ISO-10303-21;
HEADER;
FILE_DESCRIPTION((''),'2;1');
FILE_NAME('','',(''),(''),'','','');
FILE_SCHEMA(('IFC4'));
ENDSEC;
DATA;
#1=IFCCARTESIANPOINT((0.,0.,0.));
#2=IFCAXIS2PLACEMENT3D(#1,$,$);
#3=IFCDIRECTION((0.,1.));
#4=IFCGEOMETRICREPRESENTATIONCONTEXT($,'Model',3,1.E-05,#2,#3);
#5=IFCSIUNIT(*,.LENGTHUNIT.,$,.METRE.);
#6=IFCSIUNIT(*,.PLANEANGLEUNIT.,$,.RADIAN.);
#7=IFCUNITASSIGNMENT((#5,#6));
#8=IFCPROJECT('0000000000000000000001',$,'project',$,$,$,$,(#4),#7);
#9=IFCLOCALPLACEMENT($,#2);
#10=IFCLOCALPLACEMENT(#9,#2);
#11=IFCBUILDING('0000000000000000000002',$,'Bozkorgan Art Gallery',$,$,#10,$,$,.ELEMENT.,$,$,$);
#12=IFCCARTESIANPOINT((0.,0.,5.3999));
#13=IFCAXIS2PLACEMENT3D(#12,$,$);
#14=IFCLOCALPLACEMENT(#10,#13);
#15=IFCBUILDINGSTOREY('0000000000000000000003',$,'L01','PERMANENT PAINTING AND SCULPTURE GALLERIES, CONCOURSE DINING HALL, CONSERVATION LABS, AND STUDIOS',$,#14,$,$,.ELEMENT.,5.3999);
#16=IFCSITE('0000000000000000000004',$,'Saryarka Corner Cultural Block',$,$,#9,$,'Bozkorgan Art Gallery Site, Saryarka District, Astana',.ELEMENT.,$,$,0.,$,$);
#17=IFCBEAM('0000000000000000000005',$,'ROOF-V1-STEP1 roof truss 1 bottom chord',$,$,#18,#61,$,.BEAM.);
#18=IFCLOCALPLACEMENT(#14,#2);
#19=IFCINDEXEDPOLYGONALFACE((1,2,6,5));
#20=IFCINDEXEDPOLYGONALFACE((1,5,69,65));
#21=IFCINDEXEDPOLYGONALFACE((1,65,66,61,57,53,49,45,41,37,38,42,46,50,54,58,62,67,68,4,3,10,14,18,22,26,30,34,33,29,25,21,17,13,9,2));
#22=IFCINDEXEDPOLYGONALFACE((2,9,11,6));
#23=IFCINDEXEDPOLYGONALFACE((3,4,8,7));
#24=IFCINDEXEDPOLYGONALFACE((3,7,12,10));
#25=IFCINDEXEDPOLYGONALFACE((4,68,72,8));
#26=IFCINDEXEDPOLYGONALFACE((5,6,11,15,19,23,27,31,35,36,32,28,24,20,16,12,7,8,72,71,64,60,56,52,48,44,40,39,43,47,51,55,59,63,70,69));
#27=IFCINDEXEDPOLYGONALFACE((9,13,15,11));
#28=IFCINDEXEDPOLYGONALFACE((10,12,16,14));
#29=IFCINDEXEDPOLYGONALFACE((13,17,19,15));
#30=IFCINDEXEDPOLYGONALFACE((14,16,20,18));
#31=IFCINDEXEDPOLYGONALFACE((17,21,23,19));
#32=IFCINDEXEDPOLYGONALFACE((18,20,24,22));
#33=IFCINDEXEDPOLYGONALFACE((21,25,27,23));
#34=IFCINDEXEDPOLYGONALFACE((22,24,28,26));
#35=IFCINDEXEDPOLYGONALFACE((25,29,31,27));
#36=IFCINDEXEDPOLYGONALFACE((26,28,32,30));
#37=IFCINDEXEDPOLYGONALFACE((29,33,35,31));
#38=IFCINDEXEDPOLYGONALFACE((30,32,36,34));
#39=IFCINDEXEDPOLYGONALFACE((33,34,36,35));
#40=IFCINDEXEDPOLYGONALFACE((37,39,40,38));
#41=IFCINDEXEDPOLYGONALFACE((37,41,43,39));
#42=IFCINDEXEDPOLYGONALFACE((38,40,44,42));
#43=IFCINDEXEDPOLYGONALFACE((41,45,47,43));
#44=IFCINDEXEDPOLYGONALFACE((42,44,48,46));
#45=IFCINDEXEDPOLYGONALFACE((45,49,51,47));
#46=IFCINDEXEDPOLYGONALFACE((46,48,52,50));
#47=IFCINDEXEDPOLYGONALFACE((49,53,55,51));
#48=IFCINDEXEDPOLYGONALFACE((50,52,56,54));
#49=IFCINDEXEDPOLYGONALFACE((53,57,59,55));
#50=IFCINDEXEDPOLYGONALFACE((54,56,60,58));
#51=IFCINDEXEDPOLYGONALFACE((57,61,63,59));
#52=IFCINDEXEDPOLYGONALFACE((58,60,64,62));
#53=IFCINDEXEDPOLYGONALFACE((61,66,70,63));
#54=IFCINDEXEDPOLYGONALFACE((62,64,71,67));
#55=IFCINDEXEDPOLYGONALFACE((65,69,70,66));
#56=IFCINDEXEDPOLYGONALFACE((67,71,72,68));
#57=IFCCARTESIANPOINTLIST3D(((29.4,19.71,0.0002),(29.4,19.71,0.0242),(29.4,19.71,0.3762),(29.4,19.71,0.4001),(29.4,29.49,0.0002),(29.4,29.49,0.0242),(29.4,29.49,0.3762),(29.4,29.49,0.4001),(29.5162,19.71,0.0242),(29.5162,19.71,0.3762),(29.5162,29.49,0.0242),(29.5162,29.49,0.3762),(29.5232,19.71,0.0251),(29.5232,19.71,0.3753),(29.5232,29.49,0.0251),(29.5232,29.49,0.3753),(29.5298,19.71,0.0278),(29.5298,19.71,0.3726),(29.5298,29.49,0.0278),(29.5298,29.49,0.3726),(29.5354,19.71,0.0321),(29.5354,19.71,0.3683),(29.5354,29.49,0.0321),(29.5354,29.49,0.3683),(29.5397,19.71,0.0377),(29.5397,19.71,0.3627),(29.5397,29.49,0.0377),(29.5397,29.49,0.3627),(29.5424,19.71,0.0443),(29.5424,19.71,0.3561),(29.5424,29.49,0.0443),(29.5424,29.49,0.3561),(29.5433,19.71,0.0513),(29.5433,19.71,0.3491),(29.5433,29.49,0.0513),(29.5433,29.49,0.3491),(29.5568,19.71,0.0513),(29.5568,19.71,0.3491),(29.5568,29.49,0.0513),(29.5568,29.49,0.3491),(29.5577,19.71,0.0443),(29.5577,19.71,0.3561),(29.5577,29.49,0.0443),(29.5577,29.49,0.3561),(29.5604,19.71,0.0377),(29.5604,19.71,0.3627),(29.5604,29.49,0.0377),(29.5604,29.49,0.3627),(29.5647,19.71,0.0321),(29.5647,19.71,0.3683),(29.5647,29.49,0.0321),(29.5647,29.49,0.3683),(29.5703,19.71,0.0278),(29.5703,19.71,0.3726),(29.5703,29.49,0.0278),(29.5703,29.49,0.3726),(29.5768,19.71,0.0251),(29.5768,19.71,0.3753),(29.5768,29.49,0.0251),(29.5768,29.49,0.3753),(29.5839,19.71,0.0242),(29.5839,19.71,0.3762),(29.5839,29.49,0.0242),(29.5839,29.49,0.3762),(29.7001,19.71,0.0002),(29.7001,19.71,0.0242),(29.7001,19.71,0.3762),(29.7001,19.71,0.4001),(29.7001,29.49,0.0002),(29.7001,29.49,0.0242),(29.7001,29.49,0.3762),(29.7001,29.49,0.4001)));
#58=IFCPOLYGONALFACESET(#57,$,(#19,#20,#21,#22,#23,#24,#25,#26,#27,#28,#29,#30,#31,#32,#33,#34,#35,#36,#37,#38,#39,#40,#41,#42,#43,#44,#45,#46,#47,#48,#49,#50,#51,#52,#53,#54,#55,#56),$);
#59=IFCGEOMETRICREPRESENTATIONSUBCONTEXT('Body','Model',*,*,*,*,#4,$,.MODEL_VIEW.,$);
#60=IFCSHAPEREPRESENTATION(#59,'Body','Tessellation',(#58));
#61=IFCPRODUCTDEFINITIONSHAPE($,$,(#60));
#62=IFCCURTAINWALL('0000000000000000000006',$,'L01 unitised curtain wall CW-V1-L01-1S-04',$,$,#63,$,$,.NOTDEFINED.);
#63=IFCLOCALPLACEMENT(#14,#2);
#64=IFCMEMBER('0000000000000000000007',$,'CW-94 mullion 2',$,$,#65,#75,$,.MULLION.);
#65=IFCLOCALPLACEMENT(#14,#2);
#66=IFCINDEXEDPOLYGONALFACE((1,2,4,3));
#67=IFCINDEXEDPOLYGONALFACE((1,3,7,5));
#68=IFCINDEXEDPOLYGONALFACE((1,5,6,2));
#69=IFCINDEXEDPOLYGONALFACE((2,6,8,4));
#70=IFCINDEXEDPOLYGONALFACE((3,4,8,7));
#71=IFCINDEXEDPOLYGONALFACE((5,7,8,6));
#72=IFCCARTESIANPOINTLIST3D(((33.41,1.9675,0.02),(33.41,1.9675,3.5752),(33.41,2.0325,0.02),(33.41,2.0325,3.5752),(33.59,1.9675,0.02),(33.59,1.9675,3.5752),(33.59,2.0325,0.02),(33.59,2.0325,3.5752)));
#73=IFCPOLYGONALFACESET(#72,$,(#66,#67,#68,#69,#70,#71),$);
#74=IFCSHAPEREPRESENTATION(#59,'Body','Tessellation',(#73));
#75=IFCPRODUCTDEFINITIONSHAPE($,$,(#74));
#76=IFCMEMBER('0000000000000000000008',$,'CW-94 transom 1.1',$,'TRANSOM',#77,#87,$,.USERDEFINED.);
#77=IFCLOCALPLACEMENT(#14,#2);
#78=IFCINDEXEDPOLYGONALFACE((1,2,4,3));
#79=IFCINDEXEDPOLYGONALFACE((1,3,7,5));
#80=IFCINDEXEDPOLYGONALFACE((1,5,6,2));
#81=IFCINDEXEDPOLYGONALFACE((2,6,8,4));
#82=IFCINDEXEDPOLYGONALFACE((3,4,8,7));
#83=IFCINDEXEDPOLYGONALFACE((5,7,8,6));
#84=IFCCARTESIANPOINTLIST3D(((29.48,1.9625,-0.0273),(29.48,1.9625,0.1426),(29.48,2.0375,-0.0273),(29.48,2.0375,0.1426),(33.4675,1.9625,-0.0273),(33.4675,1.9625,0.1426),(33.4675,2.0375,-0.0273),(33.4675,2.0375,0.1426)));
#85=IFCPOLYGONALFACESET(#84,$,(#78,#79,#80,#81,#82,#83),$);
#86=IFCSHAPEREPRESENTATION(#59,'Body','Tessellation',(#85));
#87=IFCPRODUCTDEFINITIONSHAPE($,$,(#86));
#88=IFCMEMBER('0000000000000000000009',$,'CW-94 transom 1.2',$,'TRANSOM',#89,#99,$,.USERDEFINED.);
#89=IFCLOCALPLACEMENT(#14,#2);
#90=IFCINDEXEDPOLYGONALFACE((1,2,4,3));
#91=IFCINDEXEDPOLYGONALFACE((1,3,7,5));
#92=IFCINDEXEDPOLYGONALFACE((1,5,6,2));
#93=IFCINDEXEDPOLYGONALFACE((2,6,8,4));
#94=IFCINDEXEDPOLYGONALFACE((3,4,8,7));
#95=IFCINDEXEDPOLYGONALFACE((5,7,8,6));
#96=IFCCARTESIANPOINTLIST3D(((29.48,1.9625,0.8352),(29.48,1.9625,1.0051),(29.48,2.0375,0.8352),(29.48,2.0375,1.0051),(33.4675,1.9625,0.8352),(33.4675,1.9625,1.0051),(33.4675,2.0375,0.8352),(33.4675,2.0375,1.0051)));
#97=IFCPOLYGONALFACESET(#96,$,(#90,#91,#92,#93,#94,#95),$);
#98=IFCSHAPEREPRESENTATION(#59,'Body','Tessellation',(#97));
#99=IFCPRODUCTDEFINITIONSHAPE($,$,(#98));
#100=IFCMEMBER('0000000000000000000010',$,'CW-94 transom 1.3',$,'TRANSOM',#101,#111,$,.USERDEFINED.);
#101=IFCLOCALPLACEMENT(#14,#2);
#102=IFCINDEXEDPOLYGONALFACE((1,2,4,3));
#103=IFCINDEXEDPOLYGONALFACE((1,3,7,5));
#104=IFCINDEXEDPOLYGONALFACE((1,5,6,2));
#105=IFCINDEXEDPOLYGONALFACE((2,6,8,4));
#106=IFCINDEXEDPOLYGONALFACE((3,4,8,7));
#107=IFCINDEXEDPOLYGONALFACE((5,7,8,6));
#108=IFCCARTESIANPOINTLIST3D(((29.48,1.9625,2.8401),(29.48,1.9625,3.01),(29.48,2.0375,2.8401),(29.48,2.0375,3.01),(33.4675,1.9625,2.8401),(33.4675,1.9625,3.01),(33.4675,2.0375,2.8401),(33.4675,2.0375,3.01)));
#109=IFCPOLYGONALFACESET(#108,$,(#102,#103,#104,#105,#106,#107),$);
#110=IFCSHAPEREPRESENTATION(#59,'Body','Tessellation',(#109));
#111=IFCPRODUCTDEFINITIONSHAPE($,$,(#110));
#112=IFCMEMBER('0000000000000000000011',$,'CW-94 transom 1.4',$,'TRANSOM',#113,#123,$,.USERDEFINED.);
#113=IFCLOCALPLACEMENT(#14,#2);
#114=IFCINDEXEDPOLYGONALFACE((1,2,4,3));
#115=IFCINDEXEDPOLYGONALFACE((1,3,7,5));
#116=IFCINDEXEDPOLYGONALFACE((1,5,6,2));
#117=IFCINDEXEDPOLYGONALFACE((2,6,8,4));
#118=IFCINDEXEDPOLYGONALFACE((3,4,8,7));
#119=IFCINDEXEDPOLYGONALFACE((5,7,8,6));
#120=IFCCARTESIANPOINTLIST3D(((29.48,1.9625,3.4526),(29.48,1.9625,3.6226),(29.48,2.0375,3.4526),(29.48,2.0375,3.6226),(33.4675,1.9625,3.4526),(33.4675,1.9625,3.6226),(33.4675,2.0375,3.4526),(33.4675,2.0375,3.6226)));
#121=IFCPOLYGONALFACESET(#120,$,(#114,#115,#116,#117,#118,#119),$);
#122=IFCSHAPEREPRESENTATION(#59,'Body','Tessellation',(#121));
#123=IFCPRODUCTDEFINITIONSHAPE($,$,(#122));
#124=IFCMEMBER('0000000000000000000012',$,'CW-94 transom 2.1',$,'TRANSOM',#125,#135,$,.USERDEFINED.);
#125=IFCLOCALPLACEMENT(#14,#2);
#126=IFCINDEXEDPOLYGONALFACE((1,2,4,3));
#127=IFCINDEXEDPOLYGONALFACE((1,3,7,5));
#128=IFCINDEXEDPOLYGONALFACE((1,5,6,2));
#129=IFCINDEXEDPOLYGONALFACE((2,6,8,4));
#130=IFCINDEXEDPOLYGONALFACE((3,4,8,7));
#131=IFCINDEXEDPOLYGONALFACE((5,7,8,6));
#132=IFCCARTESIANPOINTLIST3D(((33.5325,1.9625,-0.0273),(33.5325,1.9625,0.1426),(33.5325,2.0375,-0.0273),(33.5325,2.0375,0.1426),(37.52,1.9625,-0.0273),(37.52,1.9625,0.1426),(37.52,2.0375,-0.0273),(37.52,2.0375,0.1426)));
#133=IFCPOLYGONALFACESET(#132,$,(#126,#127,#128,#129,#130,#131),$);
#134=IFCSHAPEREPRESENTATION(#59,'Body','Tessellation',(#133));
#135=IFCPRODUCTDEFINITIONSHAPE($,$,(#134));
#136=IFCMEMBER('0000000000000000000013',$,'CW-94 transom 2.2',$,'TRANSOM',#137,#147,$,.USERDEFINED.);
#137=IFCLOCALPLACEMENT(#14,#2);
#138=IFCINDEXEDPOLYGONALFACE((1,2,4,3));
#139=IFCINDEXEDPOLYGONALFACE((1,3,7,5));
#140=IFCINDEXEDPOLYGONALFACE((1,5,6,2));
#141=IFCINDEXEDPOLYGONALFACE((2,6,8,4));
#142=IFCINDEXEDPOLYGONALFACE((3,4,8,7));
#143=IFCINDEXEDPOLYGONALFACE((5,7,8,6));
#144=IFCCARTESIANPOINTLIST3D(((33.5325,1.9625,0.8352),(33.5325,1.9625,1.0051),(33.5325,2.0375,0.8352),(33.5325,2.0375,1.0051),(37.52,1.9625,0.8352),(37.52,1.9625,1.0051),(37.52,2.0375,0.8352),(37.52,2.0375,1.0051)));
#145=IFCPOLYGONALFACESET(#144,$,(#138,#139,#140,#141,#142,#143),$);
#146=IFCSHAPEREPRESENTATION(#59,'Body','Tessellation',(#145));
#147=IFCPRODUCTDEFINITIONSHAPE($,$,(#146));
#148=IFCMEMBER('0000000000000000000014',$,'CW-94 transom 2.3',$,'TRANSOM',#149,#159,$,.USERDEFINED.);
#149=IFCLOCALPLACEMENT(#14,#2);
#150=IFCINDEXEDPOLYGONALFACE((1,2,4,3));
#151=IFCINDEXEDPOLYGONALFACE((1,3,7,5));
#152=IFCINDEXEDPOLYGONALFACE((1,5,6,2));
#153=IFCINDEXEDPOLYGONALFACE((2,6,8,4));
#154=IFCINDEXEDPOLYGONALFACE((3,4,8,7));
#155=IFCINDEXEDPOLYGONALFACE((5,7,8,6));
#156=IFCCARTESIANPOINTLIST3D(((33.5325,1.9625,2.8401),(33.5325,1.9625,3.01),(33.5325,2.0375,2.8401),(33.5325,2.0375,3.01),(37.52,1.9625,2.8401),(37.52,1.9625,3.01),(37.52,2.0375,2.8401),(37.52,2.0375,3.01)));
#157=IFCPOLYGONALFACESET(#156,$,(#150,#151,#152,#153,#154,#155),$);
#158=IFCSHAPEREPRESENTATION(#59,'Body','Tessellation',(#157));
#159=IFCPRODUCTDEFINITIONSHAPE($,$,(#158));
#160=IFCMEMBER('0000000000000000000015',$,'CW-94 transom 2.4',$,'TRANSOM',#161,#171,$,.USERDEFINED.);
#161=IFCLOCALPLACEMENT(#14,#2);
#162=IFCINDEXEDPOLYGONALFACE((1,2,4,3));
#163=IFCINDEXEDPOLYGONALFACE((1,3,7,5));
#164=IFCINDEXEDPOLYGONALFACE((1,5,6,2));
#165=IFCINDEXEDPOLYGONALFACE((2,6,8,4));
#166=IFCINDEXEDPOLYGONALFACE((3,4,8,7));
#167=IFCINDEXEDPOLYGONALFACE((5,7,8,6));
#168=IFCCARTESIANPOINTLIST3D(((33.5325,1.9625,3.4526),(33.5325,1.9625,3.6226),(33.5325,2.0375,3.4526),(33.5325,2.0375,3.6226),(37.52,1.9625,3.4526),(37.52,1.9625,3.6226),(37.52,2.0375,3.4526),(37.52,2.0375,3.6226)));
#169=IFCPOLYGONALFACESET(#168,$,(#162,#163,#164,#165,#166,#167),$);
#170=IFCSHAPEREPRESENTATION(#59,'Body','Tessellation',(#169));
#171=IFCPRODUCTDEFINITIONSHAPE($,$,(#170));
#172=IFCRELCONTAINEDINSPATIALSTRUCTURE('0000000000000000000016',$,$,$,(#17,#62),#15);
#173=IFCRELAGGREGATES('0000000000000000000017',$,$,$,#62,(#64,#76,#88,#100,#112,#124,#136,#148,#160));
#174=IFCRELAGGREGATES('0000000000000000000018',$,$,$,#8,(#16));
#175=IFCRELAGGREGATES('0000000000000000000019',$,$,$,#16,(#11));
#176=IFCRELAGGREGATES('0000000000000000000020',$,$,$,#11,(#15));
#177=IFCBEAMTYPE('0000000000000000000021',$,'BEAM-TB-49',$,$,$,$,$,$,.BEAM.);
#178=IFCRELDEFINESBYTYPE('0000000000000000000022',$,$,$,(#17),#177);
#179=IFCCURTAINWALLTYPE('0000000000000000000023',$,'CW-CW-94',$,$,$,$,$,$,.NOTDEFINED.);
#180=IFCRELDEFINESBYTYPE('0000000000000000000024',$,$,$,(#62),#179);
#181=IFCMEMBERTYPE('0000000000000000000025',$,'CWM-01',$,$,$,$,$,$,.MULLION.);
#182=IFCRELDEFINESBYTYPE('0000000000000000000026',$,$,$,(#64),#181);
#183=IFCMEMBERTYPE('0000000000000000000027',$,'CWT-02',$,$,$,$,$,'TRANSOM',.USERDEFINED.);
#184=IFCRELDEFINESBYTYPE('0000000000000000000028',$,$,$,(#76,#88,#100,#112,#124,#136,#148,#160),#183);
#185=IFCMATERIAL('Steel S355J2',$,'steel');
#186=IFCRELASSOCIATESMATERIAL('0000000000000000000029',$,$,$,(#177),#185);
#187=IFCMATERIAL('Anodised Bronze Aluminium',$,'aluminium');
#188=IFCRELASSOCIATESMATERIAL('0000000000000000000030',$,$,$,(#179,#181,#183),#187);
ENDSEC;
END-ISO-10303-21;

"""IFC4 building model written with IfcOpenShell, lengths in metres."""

from ifc_helpers import new_model, si_unit, direction, frame, origin, origin_2d, place, context, subcontext, project, spatial, rectangle, i_section, extrude, material, material_profile, profile_set, type_object, element, aggregate, save


model = new_model("IFC4")

# Units and contexts
model_context = context("Model", 3, precision=1e-05, world=origin(), true_north=direction((0.0, 1.0)))
body_context = subcontext(model_context, "Body", "Model", "MODEL_VIEW")
ifc_project = project(units=[si_unit("LENGTHUNIT", "METRE"), si_unit("PLANEANGLEUNIT", "RADIAN")], contexts=[model_context])

# Site, building, storey
site_placement = place(None, origin())
site = spatial("IfcSite", under=ifc_project, at=site_placement, Name="Saryarka Corner Cultural Block", LongName="Bozkorgan Art Gallery Site, Saryarka District, Astana", CompositionType="ELEMENT", RefElevation=0.0)
building_placement = place(site_placement, origin())
building = spatial("IfcBuilding", under=site, at=building_placement, Name="Bozkorgan Art Gallery", CompositionType="ELEMENT")
storey_placement = place(building_placement, frame((0.0, 0.0, 5.3999)))
storey = spatial("IfcBuildingStorey", under=building, at=storey_placement, Name="L01", Description="PERMANENT PAINTING AND SCULPTURE GALLERIES, CONCOURSE DINING HALL, CONSERVATION LABS, AND STUDIOS", CompositionType="ELEMENT", Elevation=5.3999)

# Beam
ifc_material_1 = material(Name="Steel S355J2", Category="steel")
ifc_material_profile_1 = material_profile(ifc_material_1, i_section(OverallWidth=0.3, OverallDepth=0.3999, WebThickness=0.0134, FlangeThickness=0.0239, FilletRadius=0.0271, at=origin_2d()), Name="HEB 400")
ifc_profile_set_1 = profile_set([ifc_material_profile_1], Name="Steel S355J2")
beam_type_1 = type_object("IfcBeamType", Name="BEAM-TB-49", PredefinedType="BEAM", material=ifc_profile_set_1)
beam_placement = place(storey_placement, frame((29.55, 19.71, 0.2002), z_axis=(0.0, 1.0, 0.0), x_axis=(-1.0, 0.0, 0.0)))
element("IfcBeam", 1, at=beam_placement, inside=storey, type_object=beam_type_1, Name="ROOF-V1-STEP1 roof truss 1 bottom chord", PredefinedType="BEAM", context=body_context, shape_type="SweptSolid", body=[
    extrude(i_section(OverallWidth=0.3, OverallDepth=0.3999, WebThickness=0.0134, FlangeThickness=0.0239, FilletRadius=0.0271, at=origin_2d()), origin(), (0.0, 0.0, 1.0), 9.78),
])

# Curtain wall, members
ifc_material_2 = material(Name="Anodised Bronze Aluminium", Category="aluminium")
curtain_wall_type = type_object("IfcCurtainWallType", Name="CW-CW-94", PredefinedType="NOTDEFINED", material=ifc_material_2)
curtain_wall_placement = place(storey_placement, origin())
curtain_wall = element("IfcCurtainWall", 2, at=curtain_wall_placement, inside=storey, type_object=curtain_wall_type, Name="L01 unitised curtain wall CW-V1-L01-1S-04", PredefinedType="NOTDEFINED")
ifc_material_profile_2 = material_profile(ifc_material_2, rectangle(XDim=0.0649, YDim=0.1799, at=origin_2d()), Name="ALU MULLION 65x180")
ifc_profile_set_2 = profile_set([ifc_material_profile_2], Name="Anodised Bronze Aluminium")
member_type_1 = type_object("IfcMemberType", Name="CWM-01", PredefinedType="MULLION", material=ifc_profile_set_2)
member_1_placement = place(storey_placement, frame((33.5, 2.0, 0.02), z_axis=(0.0, 0.0, 1.0), x_axis=(0.0, 1.0, 0.0)))
member_1 = element("IfcMember", 3, at=member_1_placement, type_object=member_type_1, Name="CW-94 mullion 2", PredefinedType="MULLION", context=body_context, shape_type="SweptSolid", body=[
    extrude(rectangle(XDim=0.0649, YDim=0.1799, at=origin_2d()), origin(), (0.0, 0.0, 1.0), 3.5552),
])
ifc_material_profile_3 = material_profile(ifc_material_2, rectangle(XDim=0.075, YDim=0.1699, at=origin_2d()), Name="ALU TRANSOM 75x170")
ifc_profile_set_3 = profile_set([ifc_material_profile_3], Name="Anodised Bronze Aluminium")
member_type_2 = type_object("IfcMemberType", Name="CWT-02", ElementType="TRANSOM", PredefinedType="USERDEFINED", material=ifc_profile_set_3)
member_2_placement = place(storey_placement, frame((29.48, 2.0, 0.0576), z_axis=(1.0, 0.0, 0.0), x_axis=(0.0, 1.0, 0.0)))
member_2 = element("IfcMember", 4, at=member_2_placement, type_object=member_type_2, Name="CW-94 transom 1.1", ObjectType="TRANSOM", PredefinedType="USERDEFINED", context=body_context, shape_type="SweptSolid", body=[
    extrude(rectangle(XDim=0.075, YDim=0.1699, at=origin_2d()), origin(), (0.0, 0.0, 1.0), 3.9875),
])
member_3_placement = place(storey_placement, frame((29.48, 2.0, 0.9202), z_axis=(1.0, 0.0, 0.0), x_axis=(0.0, 1.0, 0.0)))
member_3 = element("IfcMember", 5, at=member_3_placement, type_object=member_type_2, Name="CW-94 transom 1.2", ObjectType="TRANSOM", PredefinedType="USERDEFINED", context=body_context, shape_type="SweptSolid", body=[
    extrude(rectangle(XDim=0.075, YDim=0.1699, at=origin_2d()), origin(), (0.0, 0.0, 1.0), 3.9875),
])
member_4_placement = place(storey_placement, frame((29.48, 2.0, 2.925), z_axis=(1.0, 0.0, 0.0), x_axis=(0.0, 1.0, 0.0)))
member_4 = element("IfcMember", 6, at=member_4_placement, type_object=member_type_2, Name="CW-94 transom 1.3", ObjectType="TRANSOM", PredefinedType="USERDEFINED", context=body_context, shape_type="SweptSolid", body=[
    extrude(rectangle(XDim=0.075, YDim=0.1699, at=origin_2d()), origin(), (0.0, 0.0, 1.0), 3.9875),
])
member_5_placement = place(storey_placement, frame((29.48, 2.0, 3.5376), z_axis=(1.0, 0.0, 0.0), x_axis=(0.0, 1.0, 0.0)))
member_5 = element("IfcMember", 7, at=member_5_placement, type_object=member_type_2, Name="CW-94 transom 1.4", ObjectType="TRANSOM", PredefinedType="USERDEFINED", context=body_context, shape_type="SweptSolid", body=[
    extrude(rectangle(XDim=0.075, YDim=0.1699, at=origin_2d()), origin(), (0.0, 0.0, 1.0), 3.9875),
])
member_6_placement = place(storey_placement, frame((33.5325, 2.0, 0.0576), z_axis=(1.0, 0.0, 0.0), x_axis=(0.0, 1.0, 0.0)))
member_6 = element("IfcMember", 8, at=member_6_placement, type_object=member_type_2, Name="CW-94 transom 2.1", ObjectType="TRANSOM", PredefinedType="USERDEFINED", context=body_context, shape_type="SweptSolid", body=[
    extrude(rectangle(XDim=0.075, YDim=0.1699, at=origin_2d()), origin(), (0.0, 0.0, 1.0), 3.9875),
])
member_7_placement = place(storey_placement, frame((33.5325, 2.0, 0.9202), z_axis=(1.0, 0.0, 0.0), x_axis=(0.0, 1.0, 0.0)))
member_7 = element("IfcMember", 9, at=member_7_placement, type_object=member_type_2, Name="CW-94 transom 2.2", ObjectType="TRANSOM", PredefinedType="USERDEFINED", context=body_context, shape_type="SweptSolid", body=[
    extrude(rectangle(XDim=0.075, YDim=0.1699, at=origin_2d()), origin(), (0.0, 0.0, 1.0), 3.9875),
])
member_8_placement = place(storey_placement, frame((33.5325, 2.0, 2.925), z_axis=(1.0, 0.0, 0.0), x_axis=(0.0, 1.0, 0.0)))
member_8 = element("IfcMember", 10, at=member_8_placement, type_object=member_type_2, Name="CW-94 transom 2.3", ObjectType="TRANSOM", PredefinedType="USERDEFINED", context=body_context, shape_type="SweptSolid", body=[
    extrude(rectangle(XDim=0.075, YDim=0.1699, at=origin_2d()), origin(), (0.0, 0.0, 1.0), 3.9875),
])
member_9_placement = place(storey_placement, frame((33.5325, 2.0, 3.5376), z_axis=(1.0, 0.0, 0.0), x_axis=(0.0, 1.0, 0.0)))
member_9 = element("IfcMember", 11, at=member_9_placement, type_object=member_type_2, Name="CW-94 transom 2.4", ObjectType="TRANSOM", PredefinedType="USERDEFINED", context=body_context, shape_type="SweptSolid", body=[
    extrude(rectangle(XDim=0.075, YDim=0.1699, at=origin_2d()), origin(), (0.0, 0.0, 1.0), 3.9875),
])

aggregate(curtain_wall, [member_1, member_2, member_3, member_4, member_5, member_6, member_7, member_8, member_9])

save(model, "model.ifc")
